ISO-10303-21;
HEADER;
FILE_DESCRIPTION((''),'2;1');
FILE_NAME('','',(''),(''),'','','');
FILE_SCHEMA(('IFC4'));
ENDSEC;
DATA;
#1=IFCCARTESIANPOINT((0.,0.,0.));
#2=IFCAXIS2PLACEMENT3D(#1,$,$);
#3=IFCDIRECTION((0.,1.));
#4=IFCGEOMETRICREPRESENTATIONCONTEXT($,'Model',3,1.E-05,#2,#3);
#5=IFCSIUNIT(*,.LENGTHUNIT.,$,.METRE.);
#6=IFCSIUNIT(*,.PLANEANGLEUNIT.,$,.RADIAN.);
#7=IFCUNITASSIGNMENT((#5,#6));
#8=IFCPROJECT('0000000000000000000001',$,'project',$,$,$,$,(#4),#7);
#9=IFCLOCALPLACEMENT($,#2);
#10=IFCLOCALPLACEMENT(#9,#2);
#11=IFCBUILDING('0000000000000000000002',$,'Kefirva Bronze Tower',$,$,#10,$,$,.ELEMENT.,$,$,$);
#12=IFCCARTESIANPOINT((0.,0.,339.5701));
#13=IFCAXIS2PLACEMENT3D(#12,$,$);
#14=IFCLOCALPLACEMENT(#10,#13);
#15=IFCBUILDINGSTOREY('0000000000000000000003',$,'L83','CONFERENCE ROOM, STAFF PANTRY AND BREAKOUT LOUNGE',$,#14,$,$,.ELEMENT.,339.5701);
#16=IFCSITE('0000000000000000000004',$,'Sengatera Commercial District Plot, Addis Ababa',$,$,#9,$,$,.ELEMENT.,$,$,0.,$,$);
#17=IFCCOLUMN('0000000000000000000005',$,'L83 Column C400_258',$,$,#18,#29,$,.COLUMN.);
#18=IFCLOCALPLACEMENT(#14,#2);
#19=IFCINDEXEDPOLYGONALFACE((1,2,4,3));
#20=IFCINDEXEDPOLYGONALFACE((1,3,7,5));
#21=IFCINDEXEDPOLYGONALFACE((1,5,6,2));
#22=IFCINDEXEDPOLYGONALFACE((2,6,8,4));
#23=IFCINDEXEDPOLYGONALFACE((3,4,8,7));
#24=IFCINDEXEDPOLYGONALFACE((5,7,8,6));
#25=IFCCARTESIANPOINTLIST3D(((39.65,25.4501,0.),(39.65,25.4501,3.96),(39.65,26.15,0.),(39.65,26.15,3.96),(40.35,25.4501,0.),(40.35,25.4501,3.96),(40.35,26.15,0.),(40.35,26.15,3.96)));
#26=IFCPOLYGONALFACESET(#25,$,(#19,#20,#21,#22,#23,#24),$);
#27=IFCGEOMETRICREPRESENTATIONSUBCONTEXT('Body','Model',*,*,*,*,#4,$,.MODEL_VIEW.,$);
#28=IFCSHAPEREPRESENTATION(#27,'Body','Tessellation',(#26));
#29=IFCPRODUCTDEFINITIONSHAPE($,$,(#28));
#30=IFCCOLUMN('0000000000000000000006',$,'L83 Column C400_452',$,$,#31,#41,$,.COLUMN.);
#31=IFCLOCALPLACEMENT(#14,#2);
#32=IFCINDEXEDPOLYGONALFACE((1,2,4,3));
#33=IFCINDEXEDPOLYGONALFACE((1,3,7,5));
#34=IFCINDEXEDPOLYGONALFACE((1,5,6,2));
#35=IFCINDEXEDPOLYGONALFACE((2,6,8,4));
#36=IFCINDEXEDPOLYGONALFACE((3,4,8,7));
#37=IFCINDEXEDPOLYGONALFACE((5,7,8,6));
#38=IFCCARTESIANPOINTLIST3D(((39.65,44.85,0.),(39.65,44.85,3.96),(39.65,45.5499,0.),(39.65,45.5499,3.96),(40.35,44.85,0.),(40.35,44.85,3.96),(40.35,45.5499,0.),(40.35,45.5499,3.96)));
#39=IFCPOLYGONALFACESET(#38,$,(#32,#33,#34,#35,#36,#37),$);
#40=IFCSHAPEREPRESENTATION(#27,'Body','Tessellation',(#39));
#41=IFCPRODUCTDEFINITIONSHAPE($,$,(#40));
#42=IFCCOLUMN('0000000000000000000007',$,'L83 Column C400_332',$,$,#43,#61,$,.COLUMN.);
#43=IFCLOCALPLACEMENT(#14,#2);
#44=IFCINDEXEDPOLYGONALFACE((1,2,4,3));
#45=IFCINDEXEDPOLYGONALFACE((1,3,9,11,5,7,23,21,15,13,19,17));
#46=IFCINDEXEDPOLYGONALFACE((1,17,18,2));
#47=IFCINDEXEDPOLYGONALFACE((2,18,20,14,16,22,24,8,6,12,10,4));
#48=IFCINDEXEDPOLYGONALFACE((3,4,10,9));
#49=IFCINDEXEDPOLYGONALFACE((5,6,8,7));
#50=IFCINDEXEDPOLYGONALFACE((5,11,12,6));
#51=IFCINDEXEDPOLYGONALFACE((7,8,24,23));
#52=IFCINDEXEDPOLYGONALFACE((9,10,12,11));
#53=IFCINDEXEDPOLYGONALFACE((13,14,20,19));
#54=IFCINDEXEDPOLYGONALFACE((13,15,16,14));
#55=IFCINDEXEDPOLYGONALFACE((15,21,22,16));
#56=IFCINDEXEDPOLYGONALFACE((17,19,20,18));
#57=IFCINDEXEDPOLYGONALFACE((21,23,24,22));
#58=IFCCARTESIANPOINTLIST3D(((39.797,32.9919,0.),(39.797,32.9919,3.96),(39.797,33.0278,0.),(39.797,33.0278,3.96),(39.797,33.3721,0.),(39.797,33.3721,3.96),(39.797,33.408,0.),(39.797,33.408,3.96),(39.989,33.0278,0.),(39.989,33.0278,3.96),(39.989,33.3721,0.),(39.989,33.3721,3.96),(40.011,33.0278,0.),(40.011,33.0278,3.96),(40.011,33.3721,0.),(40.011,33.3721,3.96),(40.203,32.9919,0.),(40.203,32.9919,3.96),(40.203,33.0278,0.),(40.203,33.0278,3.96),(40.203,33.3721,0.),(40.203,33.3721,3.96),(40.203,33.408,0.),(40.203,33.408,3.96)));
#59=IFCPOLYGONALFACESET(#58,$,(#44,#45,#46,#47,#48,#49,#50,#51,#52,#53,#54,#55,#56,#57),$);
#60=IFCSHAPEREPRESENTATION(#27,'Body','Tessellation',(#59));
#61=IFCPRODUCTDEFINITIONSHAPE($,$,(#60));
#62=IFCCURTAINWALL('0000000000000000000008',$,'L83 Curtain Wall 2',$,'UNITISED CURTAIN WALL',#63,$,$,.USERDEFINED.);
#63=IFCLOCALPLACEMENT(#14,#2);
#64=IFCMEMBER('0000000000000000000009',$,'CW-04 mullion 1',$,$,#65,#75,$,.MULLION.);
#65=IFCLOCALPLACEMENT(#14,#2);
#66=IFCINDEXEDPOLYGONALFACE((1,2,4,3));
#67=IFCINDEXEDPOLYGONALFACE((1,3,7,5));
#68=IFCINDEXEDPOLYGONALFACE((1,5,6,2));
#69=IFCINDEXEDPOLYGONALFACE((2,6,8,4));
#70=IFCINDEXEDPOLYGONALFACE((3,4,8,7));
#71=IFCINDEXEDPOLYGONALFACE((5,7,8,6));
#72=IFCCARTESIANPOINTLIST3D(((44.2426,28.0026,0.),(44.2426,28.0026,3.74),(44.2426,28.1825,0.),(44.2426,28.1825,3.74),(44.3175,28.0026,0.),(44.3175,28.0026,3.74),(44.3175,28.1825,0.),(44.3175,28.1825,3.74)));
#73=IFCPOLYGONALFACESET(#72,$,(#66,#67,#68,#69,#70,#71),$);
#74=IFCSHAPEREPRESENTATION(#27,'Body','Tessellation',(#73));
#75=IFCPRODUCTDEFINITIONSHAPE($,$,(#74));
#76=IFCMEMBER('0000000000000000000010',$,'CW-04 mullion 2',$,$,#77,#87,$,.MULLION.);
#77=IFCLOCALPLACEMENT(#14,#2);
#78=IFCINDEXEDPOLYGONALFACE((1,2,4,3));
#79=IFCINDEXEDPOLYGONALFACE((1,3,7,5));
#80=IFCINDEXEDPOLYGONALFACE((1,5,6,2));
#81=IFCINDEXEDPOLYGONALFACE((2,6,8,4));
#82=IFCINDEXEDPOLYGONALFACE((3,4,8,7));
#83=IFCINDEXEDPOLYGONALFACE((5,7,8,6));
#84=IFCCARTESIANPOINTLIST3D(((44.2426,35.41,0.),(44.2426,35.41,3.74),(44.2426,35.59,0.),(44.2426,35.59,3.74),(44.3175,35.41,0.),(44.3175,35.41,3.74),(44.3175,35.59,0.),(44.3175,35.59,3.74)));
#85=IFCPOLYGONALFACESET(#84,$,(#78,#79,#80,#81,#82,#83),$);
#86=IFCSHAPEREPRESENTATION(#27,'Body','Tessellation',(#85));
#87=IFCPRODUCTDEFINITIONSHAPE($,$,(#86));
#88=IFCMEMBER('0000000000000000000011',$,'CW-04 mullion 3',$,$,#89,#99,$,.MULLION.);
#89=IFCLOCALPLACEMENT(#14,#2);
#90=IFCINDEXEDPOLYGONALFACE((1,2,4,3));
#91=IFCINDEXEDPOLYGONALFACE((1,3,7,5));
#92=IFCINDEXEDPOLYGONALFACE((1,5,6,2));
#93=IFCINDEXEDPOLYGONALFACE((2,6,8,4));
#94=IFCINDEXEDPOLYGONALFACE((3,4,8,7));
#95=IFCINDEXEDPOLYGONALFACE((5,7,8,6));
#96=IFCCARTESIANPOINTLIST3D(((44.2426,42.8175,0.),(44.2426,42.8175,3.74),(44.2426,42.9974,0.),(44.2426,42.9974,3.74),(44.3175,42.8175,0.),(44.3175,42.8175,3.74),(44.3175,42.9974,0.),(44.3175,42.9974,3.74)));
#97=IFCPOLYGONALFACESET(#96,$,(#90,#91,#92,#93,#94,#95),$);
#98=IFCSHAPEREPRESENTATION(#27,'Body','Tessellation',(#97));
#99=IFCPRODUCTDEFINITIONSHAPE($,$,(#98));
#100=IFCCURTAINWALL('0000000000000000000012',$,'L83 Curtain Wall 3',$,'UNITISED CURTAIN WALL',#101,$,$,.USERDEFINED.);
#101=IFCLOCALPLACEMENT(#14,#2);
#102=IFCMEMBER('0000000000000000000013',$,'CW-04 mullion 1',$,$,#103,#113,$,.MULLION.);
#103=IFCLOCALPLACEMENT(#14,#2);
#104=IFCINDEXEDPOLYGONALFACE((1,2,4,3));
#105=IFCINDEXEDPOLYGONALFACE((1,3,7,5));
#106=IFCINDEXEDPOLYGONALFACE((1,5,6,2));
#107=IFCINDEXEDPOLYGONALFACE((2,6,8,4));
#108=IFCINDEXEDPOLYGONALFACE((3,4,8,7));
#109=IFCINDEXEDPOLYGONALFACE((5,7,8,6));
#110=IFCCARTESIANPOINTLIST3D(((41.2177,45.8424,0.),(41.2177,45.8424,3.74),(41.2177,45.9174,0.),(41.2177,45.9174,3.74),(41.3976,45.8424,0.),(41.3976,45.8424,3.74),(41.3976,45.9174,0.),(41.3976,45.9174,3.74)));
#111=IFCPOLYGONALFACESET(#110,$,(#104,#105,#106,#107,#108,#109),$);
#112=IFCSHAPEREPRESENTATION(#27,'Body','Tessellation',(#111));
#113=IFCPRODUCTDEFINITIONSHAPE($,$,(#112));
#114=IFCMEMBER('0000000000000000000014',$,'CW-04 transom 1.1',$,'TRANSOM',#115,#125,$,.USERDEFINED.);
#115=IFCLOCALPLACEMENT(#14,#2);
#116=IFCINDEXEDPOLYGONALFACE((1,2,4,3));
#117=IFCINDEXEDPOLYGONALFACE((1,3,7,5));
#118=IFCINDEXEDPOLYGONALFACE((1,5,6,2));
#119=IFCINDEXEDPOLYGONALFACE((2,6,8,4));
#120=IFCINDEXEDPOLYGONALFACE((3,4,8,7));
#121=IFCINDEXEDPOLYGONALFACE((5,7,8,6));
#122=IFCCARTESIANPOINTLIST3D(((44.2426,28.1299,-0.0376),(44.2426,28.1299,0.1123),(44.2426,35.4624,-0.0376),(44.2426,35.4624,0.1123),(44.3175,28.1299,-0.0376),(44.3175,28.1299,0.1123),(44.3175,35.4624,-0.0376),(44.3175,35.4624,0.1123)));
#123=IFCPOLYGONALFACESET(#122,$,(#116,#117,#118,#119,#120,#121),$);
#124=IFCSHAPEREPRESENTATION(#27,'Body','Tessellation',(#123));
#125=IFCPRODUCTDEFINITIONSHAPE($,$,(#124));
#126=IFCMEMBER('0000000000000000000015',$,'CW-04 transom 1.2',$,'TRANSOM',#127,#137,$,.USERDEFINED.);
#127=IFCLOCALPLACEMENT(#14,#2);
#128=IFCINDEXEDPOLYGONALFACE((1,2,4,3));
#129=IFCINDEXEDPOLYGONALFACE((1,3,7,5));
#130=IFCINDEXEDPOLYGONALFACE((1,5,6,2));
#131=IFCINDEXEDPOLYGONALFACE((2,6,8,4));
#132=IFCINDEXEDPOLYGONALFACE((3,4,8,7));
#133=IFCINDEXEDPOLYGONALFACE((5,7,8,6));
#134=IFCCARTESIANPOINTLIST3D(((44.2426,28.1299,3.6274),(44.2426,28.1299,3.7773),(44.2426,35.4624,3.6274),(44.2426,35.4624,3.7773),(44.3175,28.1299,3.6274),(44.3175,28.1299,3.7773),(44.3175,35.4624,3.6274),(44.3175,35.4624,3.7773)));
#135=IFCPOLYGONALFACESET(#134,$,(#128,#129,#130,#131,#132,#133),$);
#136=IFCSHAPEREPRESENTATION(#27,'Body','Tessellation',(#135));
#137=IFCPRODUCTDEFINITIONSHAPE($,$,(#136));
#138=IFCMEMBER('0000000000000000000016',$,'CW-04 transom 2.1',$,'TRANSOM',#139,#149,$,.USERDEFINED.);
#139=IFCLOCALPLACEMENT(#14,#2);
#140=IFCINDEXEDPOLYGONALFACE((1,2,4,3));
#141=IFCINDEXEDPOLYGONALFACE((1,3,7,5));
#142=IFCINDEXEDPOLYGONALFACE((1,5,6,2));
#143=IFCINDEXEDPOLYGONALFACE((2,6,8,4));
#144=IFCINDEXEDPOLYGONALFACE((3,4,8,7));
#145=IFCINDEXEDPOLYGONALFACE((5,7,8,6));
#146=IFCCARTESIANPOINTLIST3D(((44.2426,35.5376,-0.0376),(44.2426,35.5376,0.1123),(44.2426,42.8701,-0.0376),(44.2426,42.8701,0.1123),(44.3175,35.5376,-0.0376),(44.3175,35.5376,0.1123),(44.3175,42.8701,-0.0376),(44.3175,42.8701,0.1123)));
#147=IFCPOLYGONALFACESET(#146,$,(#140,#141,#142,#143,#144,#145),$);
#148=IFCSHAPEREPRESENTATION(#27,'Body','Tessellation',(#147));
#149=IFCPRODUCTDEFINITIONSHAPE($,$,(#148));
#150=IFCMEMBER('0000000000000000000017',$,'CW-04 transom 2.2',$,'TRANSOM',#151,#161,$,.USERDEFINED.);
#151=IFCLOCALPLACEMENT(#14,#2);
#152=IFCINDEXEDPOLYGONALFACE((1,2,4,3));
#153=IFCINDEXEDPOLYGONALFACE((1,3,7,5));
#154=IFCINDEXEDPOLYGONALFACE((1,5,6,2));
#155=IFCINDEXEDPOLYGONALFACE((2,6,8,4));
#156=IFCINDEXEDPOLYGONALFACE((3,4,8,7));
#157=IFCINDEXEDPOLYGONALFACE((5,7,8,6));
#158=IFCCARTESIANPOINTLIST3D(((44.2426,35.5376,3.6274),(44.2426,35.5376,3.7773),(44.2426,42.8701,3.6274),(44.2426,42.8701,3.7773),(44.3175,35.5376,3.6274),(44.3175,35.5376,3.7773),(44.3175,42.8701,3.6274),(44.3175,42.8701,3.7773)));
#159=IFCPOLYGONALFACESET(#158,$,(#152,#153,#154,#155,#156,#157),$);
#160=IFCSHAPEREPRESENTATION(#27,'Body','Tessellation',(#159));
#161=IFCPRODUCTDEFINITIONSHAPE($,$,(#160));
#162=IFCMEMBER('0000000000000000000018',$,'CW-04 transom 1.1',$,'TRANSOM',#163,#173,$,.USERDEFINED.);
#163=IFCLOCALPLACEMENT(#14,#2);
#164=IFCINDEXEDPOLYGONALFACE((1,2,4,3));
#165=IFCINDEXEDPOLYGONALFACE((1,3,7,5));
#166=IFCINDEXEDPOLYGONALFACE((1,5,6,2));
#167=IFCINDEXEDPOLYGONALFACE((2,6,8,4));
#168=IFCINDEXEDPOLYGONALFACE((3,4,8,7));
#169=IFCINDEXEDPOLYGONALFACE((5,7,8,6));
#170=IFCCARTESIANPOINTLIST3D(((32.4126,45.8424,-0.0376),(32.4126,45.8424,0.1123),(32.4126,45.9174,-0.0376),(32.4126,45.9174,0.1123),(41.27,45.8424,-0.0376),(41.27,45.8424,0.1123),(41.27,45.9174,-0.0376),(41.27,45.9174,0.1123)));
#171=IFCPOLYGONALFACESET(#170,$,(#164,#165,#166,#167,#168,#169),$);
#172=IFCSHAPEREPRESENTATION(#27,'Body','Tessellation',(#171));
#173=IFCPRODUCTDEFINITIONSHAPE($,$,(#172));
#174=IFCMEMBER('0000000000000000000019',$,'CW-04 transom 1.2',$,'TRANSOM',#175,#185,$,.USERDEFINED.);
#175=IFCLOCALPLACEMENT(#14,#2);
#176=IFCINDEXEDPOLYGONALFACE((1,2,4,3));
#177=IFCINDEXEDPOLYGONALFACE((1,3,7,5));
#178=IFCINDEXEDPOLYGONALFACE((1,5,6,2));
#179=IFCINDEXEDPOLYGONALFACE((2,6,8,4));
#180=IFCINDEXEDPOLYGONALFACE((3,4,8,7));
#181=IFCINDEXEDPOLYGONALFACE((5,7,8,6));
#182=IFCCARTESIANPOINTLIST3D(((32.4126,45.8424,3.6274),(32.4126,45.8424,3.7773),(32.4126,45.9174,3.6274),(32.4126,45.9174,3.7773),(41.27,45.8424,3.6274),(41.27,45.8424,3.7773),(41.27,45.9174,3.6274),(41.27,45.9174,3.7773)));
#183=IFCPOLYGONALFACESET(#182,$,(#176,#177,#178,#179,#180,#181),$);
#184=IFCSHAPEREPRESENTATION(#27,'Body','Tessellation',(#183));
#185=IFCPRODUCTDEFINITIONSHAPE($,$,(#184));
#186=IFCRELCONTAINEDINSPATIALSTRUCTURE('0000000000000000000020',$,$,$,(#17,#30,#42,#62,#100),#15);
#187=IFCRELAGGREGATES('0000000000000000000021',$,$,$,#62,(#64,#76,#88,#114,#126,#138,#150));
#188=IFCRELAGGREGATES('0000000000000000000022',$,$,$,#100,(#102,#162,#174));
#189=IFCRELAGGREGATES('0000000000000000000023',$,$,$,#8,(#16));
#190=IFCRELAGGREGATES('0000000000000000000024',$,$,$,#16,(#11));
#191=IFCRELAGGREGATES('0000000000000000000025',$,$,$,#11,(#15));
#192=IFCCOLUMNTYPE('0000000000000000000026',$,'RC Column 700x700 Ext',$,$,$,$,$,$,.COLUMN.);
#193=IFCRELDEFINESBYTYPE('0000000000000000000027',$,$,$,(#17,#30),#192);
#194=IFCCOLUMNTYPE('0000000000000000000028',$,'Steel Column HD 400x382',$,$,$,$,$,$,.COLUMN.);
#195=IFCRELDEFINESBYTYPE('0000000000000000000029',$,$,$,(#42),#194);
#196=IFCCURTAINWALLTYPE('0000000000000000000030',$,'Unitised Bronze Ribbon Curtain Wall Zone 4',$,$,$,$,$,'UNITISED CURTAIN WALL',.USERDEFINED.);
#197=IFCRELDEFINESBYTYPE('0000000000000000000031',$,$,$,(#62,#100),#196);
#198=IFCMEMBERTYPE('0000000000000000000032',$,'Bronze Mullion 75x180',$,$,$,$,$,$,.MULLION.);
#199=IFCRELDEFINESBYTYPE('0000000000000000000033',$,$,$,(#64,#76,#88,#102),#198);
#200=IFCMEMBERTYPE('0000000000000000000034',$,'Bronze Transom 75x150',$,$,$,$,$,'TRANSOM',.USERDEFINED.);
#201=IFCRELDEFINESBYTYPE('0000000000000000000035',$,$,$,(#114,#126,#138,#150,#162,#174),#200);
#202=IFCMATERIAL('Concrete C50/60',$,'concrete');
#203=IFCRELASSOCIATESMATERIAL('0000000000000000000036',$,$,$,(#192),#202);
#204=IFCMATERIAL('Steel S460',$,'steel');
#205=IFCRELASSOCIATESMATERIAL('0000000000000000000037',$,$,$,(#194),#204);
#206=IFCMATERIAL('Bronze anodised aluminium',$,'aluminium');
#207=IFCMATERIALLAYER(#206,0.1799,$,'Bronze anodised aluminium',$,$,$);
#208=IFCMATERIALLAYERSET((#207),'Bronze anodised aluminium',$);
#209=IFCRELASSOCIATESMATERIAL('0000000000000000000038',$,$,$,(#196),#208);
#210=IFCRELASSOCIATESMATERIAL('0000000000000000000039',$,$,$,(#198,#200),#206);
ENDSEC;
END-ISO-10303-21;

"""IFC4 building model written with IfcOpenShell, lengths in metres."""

from ifc_helpers import new_model, si_unit, direction, frame, origin, origin_2d, place, context, subcontext, project, spatial, rectangle, i_section, extrude, material, layer, layer_set, material_profile, profile_set, type_object, element, aggregate, save


model = new_model("IFC4")

# Units and contexts
model_context = context("Model", 3, precision=1e-05, world=origin(), true_north=direction((0.0, 1.0)))
body_context = subcontext(model_context, "Body", "Model", "MODEL_VIEW")
ifc_project = project(units=[si_unit("LENGTHUNIT", "METRE"), si_unit("PLANEANGLEUNIT", "RADIAN")], contexts=[model_context])

# Site, building, storey
site_placement = place(None, origin())
site = spatial("IfcSite", under=ifc_project, at=site_placement, Name="Sengatera Commercial District Plot, Addis Ababa", CompositionType="ELEMENT", RefElevation=0.0)
building_placement = place(site_placement, origin())
building = spatial("IfcBuilding", under=site, at=building_placement, Name="Kefirva Bronze Tower", CompositionType="ELEMENT")
storey_placement = place(building_placement, frame((0.0, 0.0, 339.5701)))
storey = spatial("IfcBuildingStorey", under=building, at=storey_placement, Name="L83", Description="CONFERENCE ROOM, STAFF PANTRY AND BREAKOUT LOUNGE", CompositionType="ELEMENT", Elevation=339.5701)

# Columns
ifc_material_1 = material(Name="Concrete C50/60", Category="concrete")
ifc_material_profile_1 = material_profile(ifc_material_1, rectangle(XDim=0.7, YDim=0.7, at=origin_2d()), Name="RC 700x700")
ifc_profile_set_1 = profile_set([ifc_material_profile_1], Name="Concrete C50/60")
column_type_1 = type_object("IfcColumnType", Name="RC Column 700x700 Ext", PredefinedType="COLUMN", material=ifc_profile_set_1)
for number, where, z_axis, x_axis, name in (
    (1, (40.0, 25.8, 0.0), (0.0, 0.0, 1.0), (1.0, 0.0, 0.0), "L83 Column C400_258"),
    (2, (40.0, 45.2, 0.0), (0.0, 0.0, 1.0), (1.0, 0.0, 0.0), "L83 Column C400_452"),
):
    element("IfcColumn", number, at=place(storey_placement, frame(where, z_axis=z_axis, x_axis=x_axis)), inside=storey, type_object=column_type_1, Name=name, PredefinedType="COLUMN", context=body_context, shape_type="SweptSolid", body=[
        extrude(rectangle(XDim=0.7, YDim=0.7, at=origin_2d()), origin(), (0.0, 0.0, 1.0), 3.96),
    ])
ifc_material_2 = material(Name="Steel S460", Category="steel")
ifc_material_profile_2 = material_profile(ifc_material_2, i_section(OverallWidth=0.406, OverallDepth=0.416, WebThickness=0.022, FlangeThickness=0.0359, at=origin_2d()), Name="HD 400x382")
ifc_profile_set_2 = profile_set([ifc_material_profile_2], Name="Steel S460")
column_type_2 = type_object("IfcColumnType", Name="Steel Column HD 400x382", PredefinedType="COLUMN", material=ifc_profile_set_2)
column_placement = place(storey_placement, frame((40.0, 33.2, 0.0), z_axis=(0.0, 0.0, 1.0), x_axis=(1.0, 0.0, 0.0)))
element("IfcColumn", 3, at=column_placement, inside=storey, type_object=column_type_2, Name="L83 Column C400_332", PredefinedType="COLUMN", context=body_context, shape_type="SweptSolid", body=[
    extrude(i_section(OverallWidth=0.406, OverallDepth=0.416, WebThickness=0.022, FlangeThickness=0.0359, at=origin_2d()), origin(), (0.0, 0.0, 1.0), 3.96),
])

# Curtain wall, members
ifc_material_3 = material(Name="Bronze anodised aluminium", Category="aluminium")
ifc_layer_1 = layer(ifc_material_3, 0.1799, Name="Bronze anodised aluminium")
ifc_layer_set_1 = layer_set([ifc_layer_1], Name="Bronze anodised aluminium")
curtain_wall_type = type_object("IfcCurtainWallType", Name="Unitised Bronze Ribbon Curtain Wall Zone 4", ElementType="UNITISED CURTAIN WALL", PredefinedType="USERDEFINED", material=ifc_layer_set_1)
curtain_wall_1_placement = place(storey_placement, origin())
curtain_wall_1 = element("IfcCurtainWall", 4, at=curtain_wall_1_placement, inside=storey, type_object=curtain_wall_type, Name="L83 Curtain Wall 2", ObjectType="UNITISED CURTAIN WALL", PredefinedType="USERDEFINED")
ifc_material_profile_3 = material_profile(ifc_material_3, rectangle(XDim=0.075, YDim=0.1799, at=origin_2d()), Name="ALU 75x180")
ifc_profile_set_3 = profile_set([ifc_material_profile_3], Name="Bronze anodised aluminium")
member_type_1 = type_object("IfcMemberType", Name="Bronze Mullion 75x180", PredefinedType="MULLION", material=ifc_profile_set_3)
member_1_placement = place(storey_placement, frame((44.28, 28.0925, 0.0), z_axis=(0.0, 0.0, 1.0), x_axis=(-1.0, 0.0, 0.0)))
member_1 = element("IfcMember", 5, at=member_1_placement, type_object=member_type_1, Name="CW-04 mullion 1", PredefinedType="MULLION", context=body_context, shape_type="SweptSolid", body=[
    extrude(rectangle(XDim=0.075, YDim=0.1799, at=origin_2d()), origin(), (0.0, 0.0, 1.0), 3.74),
])
member_2_placement = place(storey_placement, frame((44.28, 35.5, 0.0), z_axis=(0.0, 0.0, 1.0), x_axis=(-1.0, 0.0, 0.0)))
member_2 = element("IfcMember", 6, at=member_2_placement, type_object=member_type_1, Name="CW-04 mullion 2", PredefinedType="MULLION", context=body_context, shape_type="SweptSolid", body=[
    extrude(rectangle(XDim=0.075, YDim=0.1799, at=origin_2d()), origin(), (0.0, 0.0, 1.0), 3.74),
])
member_3_placement = place(storey_placement, frame((44.28, 42.9075, 0.0), z_axis=(0.0, 0.0, 1.0), x_axis=(-1.0, 0.0, 0.0)))
member_3 = element("IfcMember", 7, at=member_3_placement, type_object=member_type_1, Name="CW-04 mullion 3", PredefinedType="MULLION", context=body_context, shape_type="SweptSolid", body=[
    extrude(rectangle(XDim=0.075, YDim=0.1799, at=origin_2d()), origin(), (0.0, 0.0, 1.0), 3.74),
])

# Curtain wall, member
curtain_wall_2_placement = place(storey_placement, origin())
curtain_wall_2 = element("IfcCurtainWall", 8, at=curtain_wall_2_placement, inside=storey, type_object=curtain_wall_type, Name="L83 Curtain Wall 3", ObjectType="UNITISED CURTAIN WALL", PredefinedType="USERDEFINED")
member_4_placement = place(storey_placement, frame((41.3076, 45.8799, 0.0), z_axis=(0.0, 0.0, 1.0), x_axis=(0.0, -1.0, 0.0)))
member_4 = element("IfcMember", 9, at=member_4_placement, type_object=member_type_1, Name="CW-04 mullion 1", PredefinedType="MULLION", context=body_context, shape_type="SweptSolid", body=[
    extrude(rectangle(XDim=0.075, YDim=0.1799, at=origin_2d()), origin(), (0.0, 0.0, 1.0), 3.74),
])

# Members
ifc_material_profile_4 = material_profile(ifc_material_3, rectangle(XDim=0.075, YDim=0.1499, at=origin_2d()), Name="ALU 75x150")
ifc_profile_set_4 = profile_set([ifc_material_profile_4], Name="Bronze anodised aluminium")
member_type_2 = type_object("IfcMemberType", Name="Bronze Transom 75x150", ElementType="TRANSOM", PredefinedType="USERDEFINED", material=ifc_profile_set_4)
member_5_placement = place(storey_placement, frame((44.28, 28.1299, 0.0374), z_axis=(0.0, 1.0, 0.0), x_axis=(-1.0, 0.0, 0.0)))
member_5 = element("IfcMember", 10, at=member_5_placement, type_object=member_type_2, Name="CW-04 transom 1.1", ObjectType="TRANSOM", PredefinedType="USERDEFINED", context=body_context, shape_type="SweptSolid", body=[
    extrude(rectangle(XDim=0.075, YDim=0.1499, at=origin_2d()), origin(), (0.0, 0.0, 1.0), 7.3325),
])
member_6_placement = place(storey_placement, frame((44.28, 28.1299, 3.7024), z_axis=(0.0, 1.0, 0.0), x_axis=(-1.0, 0.0, 0.0)))
member_6 = element("IfcMember", 11, at=member_6_placement, type_object=member_type_2, Name="CW-04 transom 1.2", ObjectType="TRANSOM", PredefinedType="USERDEFINED", context=body_context, shape_type="SweptSolid", body=[
    extrude(rectangle(XDim=0.075, YDim=0.1499, at=origin_2d()), origin(), (0.0, 0.0, 1.0), 7.3325),
])
member_7_placement = place(storey_placement, frame((44.28, 35.5376, 0.0374), z_axis=(0.0, 1.0, 0.0), x_axis=(-1.0, 0.0, 0.0)))
member_7 = element("IfcMember", 12, at=member_7_placement, type_object=member_type_2, Name="CW-04 transom 2.1", ObjectType="TRANSOM", PredefinedType="USERDEFINED", context=body_context, shape_type="SweptSolid", body=[
    extrude(rectangle(XDim=0.075, YDim=0.1499, at=origin_2d()), origin(), (0.0, 0.0, 1.0), 7.3325),
])
member_8_placement = place(storey_placement, frame((44.28, 35.5376, 3.7024), z_axis=(0.0, 1.0, 0.0), x_axis=(-1.0, 0.0, 0.0)))
member_8 = element("IfcMember", 13, at=member_8_placement, type_object=member_type_2, Name="CW-04 transom 2.2", ObjectType="TRANSOM", PredefinedType="USERDEFINED", context=body_context, shape_type="SweptSolid", body=[
    extrude(rectangle(XDim=0.075, YDim=0.1499, at=origin_2d()), origin(), (0.0, 0.0, 1.0), 7.3325),
])
member_9_placement = place(storey_placement, frame((41.27, 45.8799, 0.0374), z_axis=(-1.0, 0.0, 0.0), x_axis=(0.0, -1.0, 0.0)))
member_9 = element("IfcMember", 14, at=member_9_placement, type_object=member_type_2, Name="CW-04 transom 1.1", ObjectType="TRANSOM", PredefinedType="USERDEFINED", context=body_context, shape_type="SweptSolid", body=[
    extrude(rectangle(XDim=0.075, YDim=0.1499, at=origin_2d()), origin(), (0.0, 0.0, 1.0), 8.8574),
])
member_10_placement = place(storey_placement, frame((41.27, 45.8799, 3.7024), z_axis=(-1.0, 0.0, 0.0), x_axis=(0.0, -1.0, 0.0)))
member_10 = element("IfcMember", 15, at=member_10_placement, type_object=member_type_2, Name="CW-04 transom 1.2", ObjectType="TRANSOM", PredefinedType="USERDEFINED", context=body_context, shape_type="SweptSolid", body=[
    extrude(rectangle(XDim=0.075, YDim=0.1499, at=origin_2d()), origin(), (0.0, 0.0, 1.0), 8.8574),
])

aggregate(curtain_wall_1, [member_1, member_2, member_3, member_5, member_6, member_7, member_8])
aggregate(curtain_wall_2, [member_4, member_9, member_10])

save(model, "model.ifc")
